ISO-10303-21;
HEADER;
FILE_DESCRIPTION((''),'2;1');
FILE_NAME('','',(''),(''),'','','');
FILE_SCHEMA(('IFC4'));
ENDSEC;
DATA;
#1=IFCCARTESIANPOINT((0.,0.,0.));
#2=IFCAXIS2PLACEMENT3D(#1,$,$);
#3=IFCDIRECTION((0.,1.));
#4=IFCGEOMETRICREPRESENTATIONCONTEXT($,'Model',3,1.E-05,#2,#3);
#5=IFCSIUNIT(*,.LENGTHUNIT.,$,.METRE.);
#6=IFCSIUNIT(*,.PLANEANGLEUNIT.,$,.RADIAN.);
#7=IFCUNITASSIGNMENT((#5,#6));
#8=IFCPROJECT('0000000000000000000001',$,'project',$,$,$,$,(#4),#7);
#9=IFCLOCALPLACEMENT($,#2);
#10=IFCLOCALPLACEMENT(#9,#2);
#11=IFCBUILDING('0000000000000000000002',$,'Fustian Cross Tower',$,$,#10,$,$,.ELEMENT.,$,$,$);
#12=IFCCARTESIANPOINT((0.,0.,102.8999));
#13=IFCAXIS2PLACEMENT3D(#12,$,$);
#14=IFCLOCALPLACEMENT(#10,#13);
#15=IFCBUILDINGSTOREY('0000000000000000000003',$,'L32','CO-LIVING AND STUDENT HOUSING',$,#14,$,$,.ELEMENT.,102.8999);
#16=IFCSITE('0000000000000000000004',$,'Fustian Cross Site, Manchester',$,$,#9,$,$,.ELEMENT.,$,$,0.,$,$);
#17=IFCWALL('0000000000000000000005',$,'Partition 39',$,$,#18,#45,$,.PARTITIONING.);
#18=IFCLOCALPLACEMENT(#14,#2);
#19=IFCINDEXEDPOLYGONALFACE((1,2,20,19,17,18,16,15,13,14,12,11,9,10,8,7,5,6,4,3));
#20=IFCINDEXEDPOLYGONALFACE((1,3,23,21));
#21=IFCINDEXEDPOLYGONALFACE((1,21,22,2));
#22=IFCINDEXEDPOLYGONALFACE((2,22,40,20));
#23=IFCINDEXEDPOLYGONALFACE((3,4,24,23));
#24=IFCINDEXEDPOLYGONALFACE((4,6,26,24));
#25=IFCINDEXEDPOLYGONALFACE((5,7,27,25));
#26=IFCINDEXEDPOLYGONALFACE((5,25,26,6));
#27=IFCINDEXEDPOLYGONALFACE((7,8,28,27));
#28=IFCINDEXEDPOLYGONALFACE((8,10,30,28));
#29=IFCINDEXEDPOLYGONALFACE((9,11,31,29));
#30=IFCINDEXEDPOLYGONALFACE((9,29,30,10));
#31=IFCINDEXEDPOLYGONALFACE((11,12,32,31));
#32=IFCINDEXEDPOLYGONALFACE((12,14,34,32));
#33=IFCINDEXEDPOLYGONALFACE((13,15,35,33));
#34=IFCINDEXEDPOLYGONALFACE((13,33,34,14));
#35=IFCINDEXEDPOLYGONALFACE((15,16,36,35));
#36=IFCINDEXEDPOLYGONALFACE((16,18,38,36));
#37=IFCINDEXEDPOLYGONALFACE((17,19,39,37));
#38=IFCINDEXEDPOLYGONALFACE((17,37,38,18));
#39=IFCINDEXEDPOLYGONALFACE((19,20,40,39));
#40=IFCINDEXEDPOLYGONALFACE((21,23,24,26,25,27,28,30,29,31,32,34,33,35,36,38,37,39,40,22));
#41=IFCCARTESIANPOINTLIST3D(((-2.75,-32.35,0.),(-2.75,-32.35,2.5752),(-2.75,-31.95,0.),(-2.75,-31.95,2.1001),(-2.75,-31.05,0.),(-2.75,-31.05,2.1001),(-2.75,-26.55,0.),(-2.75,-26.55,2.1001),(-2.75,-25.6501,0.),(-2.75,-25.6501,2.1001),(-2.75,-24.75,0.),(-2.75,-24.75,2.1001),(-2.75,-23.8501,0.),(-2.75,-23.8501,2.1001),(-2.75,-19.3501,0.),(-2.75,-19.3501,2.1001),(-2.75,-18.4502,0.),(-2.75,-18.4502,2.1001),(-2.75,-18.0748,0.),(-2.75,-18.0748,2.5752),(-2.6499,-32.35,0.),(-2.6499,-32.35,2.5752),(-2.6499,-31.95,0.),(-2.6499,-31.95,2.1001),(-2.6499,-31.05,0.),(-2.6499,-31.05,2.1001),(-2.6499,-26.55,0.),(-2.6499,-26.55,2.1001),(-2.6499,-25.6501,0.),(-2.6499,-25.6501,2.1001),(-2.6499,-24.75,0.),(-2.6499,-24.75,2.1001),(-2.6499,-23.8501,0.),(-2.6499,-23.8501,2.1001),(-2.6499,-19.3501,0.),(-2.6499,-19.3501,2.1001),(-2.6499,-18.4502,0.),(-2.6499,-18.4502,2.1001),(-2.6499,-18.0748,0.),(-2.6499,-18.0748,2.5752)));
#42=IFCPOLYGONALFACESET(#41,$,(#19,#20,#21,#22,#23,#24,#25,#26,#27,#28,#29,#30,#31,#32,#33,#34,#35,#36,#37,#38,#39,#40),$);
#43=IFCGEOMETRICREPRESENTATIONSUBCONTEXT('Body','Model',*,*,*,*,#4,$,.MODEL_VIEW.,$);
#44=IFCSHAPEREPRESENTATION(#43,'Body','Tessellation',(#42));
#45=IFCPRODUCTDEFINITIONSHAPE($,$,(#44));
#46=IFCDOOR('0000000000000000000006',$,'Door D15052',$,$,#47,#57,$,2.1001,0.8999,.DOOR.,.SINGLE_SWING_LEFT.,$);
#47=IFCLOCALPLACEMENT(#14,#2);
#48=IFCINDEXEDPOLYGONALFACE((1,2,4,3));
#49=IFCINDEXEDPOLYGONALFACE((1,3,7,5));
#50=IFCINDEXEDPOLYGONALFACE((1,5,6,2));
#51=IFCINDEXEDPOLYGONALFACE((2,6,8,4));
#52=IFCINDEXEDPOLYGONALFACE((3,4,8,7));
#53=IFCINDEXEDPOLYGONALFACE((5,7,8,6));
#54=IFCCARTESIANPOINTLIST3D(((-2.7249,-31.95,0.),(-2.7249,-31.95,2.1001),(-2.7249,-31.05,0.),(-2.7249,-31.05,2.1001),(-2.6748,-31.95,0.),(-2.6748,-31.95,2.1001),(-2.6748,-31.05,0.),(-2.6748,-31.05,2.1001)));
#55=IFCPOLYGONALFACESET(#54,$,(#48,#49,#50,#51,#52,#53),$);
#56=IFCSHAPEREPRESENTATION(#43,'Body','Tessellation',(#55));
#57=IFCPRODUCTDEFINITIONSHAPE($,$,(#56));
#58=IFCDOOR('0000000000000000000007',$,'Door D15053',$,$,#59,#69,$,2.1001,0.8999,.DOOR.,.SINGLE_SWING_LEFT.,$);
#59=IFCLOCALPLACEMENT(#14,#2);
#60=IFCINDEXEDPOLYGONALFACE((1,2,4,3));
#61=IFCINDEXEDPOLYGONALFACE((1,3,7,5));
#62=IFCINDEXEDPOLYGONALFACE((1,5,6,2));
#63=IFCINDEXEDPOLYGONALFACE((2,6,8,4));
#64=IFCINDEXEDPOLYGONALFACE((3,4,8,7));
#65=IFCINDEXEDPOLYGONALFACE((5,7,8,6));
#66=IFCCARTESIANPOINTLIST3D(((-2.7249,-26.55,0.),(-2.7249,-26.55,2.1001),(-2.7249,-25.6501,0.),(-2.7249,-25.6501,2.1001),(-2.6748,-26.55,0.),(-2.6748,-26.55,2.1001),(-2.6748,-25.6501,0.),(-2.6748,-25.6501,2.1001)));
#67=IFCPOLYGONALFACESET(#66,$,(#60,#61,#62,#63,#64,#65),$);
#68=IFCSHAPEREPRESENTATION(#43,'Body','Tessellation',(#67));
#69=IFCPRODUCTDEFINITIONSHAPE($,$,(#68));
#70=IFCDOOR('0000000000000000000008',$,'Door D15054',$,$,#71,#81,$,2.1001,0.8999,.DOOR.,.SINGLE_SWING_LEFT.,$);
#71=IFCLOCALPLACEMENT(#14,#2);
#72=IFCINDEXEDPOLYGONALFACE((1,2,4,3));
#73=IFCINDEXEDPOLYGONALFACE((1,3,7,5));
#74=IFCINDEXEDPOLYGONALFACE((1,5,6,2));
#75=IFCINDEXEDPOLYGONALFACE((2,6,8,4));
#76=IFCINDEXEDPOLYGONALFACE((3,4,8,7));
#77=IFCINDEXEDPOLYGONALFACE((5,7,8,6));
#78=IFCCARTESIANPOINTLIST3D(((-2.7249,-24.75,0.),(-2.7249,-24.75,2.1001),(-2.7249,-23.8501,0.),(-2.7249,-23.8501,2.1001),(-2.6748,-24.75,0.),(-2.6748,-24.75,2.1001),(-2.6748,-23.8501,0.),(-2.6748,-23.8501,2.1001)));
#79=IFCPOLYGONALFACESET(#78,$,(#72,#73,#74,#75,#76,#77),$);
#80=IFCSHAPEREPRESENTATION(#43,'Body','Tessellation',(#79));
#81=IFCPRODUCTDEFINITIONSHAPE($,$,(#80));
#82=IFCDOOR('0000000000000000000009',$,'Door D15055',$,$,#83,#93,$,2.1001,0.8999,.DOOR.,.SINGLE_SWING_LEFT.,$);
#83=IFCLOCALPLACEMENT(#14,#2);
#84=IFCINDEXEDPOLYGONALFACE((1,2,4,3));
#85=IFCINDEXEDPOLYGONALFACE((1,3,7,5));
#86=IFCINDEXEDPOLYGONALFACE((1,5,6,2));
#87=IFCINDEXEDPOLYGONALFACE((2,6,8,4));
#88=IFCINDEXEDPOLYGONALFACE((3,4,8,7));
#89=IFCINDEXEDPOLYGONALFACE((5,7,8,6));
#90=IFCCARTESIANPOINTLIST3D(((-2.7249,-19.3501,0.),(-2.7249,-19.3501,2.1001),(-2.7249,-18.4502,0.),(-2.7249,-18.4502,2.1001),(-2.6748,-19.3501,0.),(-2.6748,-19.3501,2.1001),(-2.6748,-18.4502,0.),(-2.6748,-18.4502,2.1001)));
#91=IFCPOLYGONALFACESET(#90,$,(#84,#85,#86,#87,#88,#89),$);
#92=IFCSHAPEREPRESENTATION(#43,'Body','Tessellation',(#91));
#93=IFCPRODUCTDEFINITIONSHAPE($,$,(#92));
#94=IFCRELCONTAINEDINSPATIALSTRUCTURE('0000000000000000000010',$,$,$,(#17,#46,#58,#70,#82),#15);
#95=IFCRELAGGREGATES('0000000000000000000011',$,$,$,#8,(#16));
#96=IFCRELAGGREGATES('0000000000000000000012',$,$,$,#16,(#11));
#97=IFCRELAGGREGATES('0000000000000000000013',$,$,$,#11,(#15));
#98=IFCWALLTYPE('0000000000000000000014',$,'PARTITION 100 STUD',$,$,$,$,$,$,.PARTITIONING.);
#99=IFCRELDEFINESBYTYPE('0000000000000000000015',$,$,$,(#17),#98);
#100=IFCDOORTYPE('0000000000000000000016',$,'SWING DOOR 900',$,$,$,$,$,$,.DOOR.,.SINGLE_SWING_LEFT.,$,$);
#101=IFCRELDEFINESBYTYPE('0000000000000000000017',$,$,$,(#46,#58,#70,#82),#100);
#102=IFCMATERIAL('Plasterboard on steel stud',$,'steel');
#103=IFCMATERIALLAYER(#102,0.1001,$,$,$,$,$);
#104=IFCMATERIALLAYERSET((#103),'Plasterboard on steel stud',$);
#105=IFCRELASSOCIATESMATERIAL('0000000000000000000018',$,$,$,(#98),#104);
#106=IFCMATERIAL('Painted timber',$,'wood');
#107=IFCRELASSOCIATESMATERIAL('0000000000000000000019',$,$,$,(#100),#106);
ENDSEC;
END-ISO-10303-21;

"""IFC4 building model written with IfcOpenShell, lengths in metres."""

from ifc_helpers import new_model, si_unit, direction, frame, frame_2d, origin, place, context, subcontext, project, spatial, rectangle, extrude, material, layer, layer_set, type_object, element, fill, save


model = new_model("IFC4")

# Units and contexts
model_context = context("Model", 3, precision=1e-05, world=origin(), true_north=direction((0.0, 1.0)))
body_context = subcontext(model_context, "Body", "Model", "MODEL_VIEW")
ifc_project = project(units=[si_unit("LENGTHUNIT", "METRE"), si_unit("PLANEANGLEUNIT", "RADIAN")], contexts=[model_context])

# Site, building, storey
site_placement = place(None, origin())
site = spatial("IfcSite", under=ifc_project, at=site_placement, Name="Fustian Cross Site, Manchester", CompositionType="ELEMENT", RefElevation=0.0)
building_placement = place(site_placement, origin())
building = spatial("IfcBuilding", under=site, at=building_placement, Name="Fustian Cross Tower", CompositionType="ELEMENT")
storey_placement = place(building_placement, frame((0.0, 0.0, 102.8999)))
storey = spatial("IfcBuildingStorey", under=building, at=storey_placement, Name="L32", Description="CO-LIVING AND STUDENT HOUSING", CompositionType="ELEMENT", Elevation=102.8999)

# Shared definitions
ifc_material_1 = material(Name="Plasterboard on steel stud", Category="steel")
ifc_layer = layer(ifc_material_1, 0.1001)
ifc_layer_set = layer_set([ifc_layer], Name="Plasterboard on steel stud")
wall_type = type_object("IfcWallType", Name="PARTITION 100 STUD", PredefinedType="PARTITIONING", material=ifc_layer_set)
ifc_material_2 = material(Name="Painted timber", Category="wood")
door_type_1 = type_object("IfcDoorType", Name="SWING DOOR 900", OperationType="SINGLE_SWING_LEFT", PredefinedType="DOOR", material=ifc_material_2)

# Wall, openings, doors
wall_1_placement = place(storey_placement, frame((-2.7, -32.3501, 0.0), z_axis=(0.0, 0.0, 1.0), x_axis=(0.0, 1.0, 0.0)))
wall_1 = element("IfcWall", 1, at=wall_1_placement, inside=storey, type_object=wall_type, Name="Partition 39", PredefinedType="PARTITIONING", context=body_context, shape_type="SweptSolid", body=[
    extrude(rectangle(XDim=14.2751, YDim=0.1001, at=frame_2d((7.1377, 0.0))), origin(), (0.0, 0.0, 1.0), 2.5752),
])
opening_1_placement = place(wall_1_placement, frame((0.4001, 0.0, 0.0)))
opening_1 = element("IfcOpeningElement", 2, at=opening_1_placement, cuts=wall_1, PredefinedType="OPENING", context=body_context, shape_type="SweptSolid", body=[
    extrude(rectangle(XDim=0.8999, YDim=2.1001, at=frame_2d((0.45, 1.05))), frame((0.0, 0.0601, 0.0), z_axis=(0.0, -1.0, 0.0), x_axis=(1.0, 0.0, 0.0)), (0.0, 0.0, 1.0), 0.1201),
])
opening_2_placement = place(wall_1_placement, frame((5.8, 0.0, 0.0)))
opening_2 = element("IfcOpeningElement", 3, at=opening_2_placement, cuts=wall_1, PredefinedType="OPENING", context=body_context, shape_type="SweptSolid", body=[
    extrude(rectangle(XDim=0.8999, YDim=2.1001, at=frame_2d((0.45, 1.05))), frame((0.0, 0.0601, 0.0), z_axis=(0.0, -1.0, 0.0), x_axis=(1.0, 0.0, 0.0)), (0.0, 0.0, 1.0), 0.1201),
])
opening_3_placement = place(wall_1_placement, frame((7.6001, 0.0, 0.0)))
opening_3 = element("IfcOpeningElement", 4, at=opening_3_placement, cuts=wall_1, PredefinedType="OPENING", context=body_context, shape_type="SweptSolid", body=[
    extrude(rectangle(XDim=0.8999, YDim=2.1001, at=frame_2d((0.45, 1.05))), frame((0.0, 0.0601, 0.0), z_axis=(0.0, -1.0, 0.0), x_axis=(1.0, 0.0, 0.0)), (0.0, 0.0, 1.0), 0.1201),
])
opening_4_placement = place(wall_1_placement, frame((13.0, 0.0, 0.0)))
opening_4 = element("IfcOpeningElement", 5, at=opening_4_placement, cuts=wall_1, PredefinedType="OPENING", context=body_context, shape_type="SweptSolid", body=[
    extrude(rectangle(XDim=0.8999, YDim=2.1001, at=frame_2d((0.45, 1.05))), frame((0.0, 0.0601, 0.0), z_axis=(0.0, -1.0, 0.0), x_axis=(1.0, 0.0, 0.0)), (0.0, 0.0, 1.0), 0.1201),
])
door_1_placement = place(opening_1_placement, origin())
door_1 = element("IfcDoor", 6, at=door_1_placement, inside=storey, type_object=door_type_1, Name="Door D15052", OperationType="SINGLE_SWING_LEFT", OverallHeight=2.1001, OverallWidth=0.8999, PredefinedType="DOOR", context=body_context, shape_type="SweptSolid", body=[
    extrude(rectangle(XDim=0.8999, YDim=2.1001, at=frame_2d((0.45, 1.05))), frame((0.0, 0.0249, 0.0), z_axis=(0.0, -1.0, 0.0), x_axis=(1.0, 0.0, 0.0)), (0.0, 0.0, 1.0), 0.05),
])
fill(opening_1, door_1)
door_2_placement = place(opening_2_placement, origin())
door_2 = element("IfcDoor", 7, at=door_2_placement, inside=storey, type_object=door_type_1, Name="Door D15053", OperationType="SINGLE_SWING_LEFT", OverallHeight=2.1001, OverallWidth=0.8999, PredefinedType="DOOR", context=body_context, shape_type="SweptSolid", body=[
    extrude(rectangle(XDim=0.8999, YDim=2.1001, at=frame_2d((0.45, 1.05))), frame((0.0, 0.0249, 0.0), z_axis=(0.0, -1.0, 0.0), x_axis=(1.0, 0.0, 0.0)), (0.0, 0.0, 1.0), 0.05),
])
fill(opening_2, door_2)
door_3_placement = place(opening_3_placement, origin())
door_3 = element("IfcDoor", 8, at=door_3_placement, inside=storey, type_object=door_type_1, Name="Door D15054", OperationType="SINGLE_SWING_LEFT", OverallHeight=2.1001, OverallWidth=0.8999, PredefinedType="DOOR", context=body_context, shape_type="SweptSolid", body=[
    extrude(rectangle(XDim=0.8999, YDim=2.1001, at=frame_2d((0.45, 1.05))), frame((0.0, 0.0249, 0.0), z_axis=(0.0, -1.0, 0.0), x_axis=(1.0, 0.0, 0.0)), (0.0, 0.0, 1.0), 0.05),
])
fill(opening_3, door_3)
door_4_placement = place(opening_4_placement, origin())
door_4 = element("IfcDoor", 9, at=door_4_placement, inside=storey, type_object=door_type_1, Name="Door D15055", OperationType="SINGLE_SWING_LEFT", OverallHeight=2.1001, OverallWidth=0.8999, PredefinedType="DOOR", context=body_context, shape_type="SweptSolid", body=[
    extrude(rectangle(XDim=0.8999, YDim=2.1001, at=frame_2d((0.45, 1.05))), frame((0.0, 0.0249, 0.0), z_axis=(0.0, -1.0, 0.0), x_axis=(1.0, 0.0, 0.0)), (0.0, 0.0, 1.0), 0.05),
])
fill(opening_4, door_4)

save(model, "model.ifc")
